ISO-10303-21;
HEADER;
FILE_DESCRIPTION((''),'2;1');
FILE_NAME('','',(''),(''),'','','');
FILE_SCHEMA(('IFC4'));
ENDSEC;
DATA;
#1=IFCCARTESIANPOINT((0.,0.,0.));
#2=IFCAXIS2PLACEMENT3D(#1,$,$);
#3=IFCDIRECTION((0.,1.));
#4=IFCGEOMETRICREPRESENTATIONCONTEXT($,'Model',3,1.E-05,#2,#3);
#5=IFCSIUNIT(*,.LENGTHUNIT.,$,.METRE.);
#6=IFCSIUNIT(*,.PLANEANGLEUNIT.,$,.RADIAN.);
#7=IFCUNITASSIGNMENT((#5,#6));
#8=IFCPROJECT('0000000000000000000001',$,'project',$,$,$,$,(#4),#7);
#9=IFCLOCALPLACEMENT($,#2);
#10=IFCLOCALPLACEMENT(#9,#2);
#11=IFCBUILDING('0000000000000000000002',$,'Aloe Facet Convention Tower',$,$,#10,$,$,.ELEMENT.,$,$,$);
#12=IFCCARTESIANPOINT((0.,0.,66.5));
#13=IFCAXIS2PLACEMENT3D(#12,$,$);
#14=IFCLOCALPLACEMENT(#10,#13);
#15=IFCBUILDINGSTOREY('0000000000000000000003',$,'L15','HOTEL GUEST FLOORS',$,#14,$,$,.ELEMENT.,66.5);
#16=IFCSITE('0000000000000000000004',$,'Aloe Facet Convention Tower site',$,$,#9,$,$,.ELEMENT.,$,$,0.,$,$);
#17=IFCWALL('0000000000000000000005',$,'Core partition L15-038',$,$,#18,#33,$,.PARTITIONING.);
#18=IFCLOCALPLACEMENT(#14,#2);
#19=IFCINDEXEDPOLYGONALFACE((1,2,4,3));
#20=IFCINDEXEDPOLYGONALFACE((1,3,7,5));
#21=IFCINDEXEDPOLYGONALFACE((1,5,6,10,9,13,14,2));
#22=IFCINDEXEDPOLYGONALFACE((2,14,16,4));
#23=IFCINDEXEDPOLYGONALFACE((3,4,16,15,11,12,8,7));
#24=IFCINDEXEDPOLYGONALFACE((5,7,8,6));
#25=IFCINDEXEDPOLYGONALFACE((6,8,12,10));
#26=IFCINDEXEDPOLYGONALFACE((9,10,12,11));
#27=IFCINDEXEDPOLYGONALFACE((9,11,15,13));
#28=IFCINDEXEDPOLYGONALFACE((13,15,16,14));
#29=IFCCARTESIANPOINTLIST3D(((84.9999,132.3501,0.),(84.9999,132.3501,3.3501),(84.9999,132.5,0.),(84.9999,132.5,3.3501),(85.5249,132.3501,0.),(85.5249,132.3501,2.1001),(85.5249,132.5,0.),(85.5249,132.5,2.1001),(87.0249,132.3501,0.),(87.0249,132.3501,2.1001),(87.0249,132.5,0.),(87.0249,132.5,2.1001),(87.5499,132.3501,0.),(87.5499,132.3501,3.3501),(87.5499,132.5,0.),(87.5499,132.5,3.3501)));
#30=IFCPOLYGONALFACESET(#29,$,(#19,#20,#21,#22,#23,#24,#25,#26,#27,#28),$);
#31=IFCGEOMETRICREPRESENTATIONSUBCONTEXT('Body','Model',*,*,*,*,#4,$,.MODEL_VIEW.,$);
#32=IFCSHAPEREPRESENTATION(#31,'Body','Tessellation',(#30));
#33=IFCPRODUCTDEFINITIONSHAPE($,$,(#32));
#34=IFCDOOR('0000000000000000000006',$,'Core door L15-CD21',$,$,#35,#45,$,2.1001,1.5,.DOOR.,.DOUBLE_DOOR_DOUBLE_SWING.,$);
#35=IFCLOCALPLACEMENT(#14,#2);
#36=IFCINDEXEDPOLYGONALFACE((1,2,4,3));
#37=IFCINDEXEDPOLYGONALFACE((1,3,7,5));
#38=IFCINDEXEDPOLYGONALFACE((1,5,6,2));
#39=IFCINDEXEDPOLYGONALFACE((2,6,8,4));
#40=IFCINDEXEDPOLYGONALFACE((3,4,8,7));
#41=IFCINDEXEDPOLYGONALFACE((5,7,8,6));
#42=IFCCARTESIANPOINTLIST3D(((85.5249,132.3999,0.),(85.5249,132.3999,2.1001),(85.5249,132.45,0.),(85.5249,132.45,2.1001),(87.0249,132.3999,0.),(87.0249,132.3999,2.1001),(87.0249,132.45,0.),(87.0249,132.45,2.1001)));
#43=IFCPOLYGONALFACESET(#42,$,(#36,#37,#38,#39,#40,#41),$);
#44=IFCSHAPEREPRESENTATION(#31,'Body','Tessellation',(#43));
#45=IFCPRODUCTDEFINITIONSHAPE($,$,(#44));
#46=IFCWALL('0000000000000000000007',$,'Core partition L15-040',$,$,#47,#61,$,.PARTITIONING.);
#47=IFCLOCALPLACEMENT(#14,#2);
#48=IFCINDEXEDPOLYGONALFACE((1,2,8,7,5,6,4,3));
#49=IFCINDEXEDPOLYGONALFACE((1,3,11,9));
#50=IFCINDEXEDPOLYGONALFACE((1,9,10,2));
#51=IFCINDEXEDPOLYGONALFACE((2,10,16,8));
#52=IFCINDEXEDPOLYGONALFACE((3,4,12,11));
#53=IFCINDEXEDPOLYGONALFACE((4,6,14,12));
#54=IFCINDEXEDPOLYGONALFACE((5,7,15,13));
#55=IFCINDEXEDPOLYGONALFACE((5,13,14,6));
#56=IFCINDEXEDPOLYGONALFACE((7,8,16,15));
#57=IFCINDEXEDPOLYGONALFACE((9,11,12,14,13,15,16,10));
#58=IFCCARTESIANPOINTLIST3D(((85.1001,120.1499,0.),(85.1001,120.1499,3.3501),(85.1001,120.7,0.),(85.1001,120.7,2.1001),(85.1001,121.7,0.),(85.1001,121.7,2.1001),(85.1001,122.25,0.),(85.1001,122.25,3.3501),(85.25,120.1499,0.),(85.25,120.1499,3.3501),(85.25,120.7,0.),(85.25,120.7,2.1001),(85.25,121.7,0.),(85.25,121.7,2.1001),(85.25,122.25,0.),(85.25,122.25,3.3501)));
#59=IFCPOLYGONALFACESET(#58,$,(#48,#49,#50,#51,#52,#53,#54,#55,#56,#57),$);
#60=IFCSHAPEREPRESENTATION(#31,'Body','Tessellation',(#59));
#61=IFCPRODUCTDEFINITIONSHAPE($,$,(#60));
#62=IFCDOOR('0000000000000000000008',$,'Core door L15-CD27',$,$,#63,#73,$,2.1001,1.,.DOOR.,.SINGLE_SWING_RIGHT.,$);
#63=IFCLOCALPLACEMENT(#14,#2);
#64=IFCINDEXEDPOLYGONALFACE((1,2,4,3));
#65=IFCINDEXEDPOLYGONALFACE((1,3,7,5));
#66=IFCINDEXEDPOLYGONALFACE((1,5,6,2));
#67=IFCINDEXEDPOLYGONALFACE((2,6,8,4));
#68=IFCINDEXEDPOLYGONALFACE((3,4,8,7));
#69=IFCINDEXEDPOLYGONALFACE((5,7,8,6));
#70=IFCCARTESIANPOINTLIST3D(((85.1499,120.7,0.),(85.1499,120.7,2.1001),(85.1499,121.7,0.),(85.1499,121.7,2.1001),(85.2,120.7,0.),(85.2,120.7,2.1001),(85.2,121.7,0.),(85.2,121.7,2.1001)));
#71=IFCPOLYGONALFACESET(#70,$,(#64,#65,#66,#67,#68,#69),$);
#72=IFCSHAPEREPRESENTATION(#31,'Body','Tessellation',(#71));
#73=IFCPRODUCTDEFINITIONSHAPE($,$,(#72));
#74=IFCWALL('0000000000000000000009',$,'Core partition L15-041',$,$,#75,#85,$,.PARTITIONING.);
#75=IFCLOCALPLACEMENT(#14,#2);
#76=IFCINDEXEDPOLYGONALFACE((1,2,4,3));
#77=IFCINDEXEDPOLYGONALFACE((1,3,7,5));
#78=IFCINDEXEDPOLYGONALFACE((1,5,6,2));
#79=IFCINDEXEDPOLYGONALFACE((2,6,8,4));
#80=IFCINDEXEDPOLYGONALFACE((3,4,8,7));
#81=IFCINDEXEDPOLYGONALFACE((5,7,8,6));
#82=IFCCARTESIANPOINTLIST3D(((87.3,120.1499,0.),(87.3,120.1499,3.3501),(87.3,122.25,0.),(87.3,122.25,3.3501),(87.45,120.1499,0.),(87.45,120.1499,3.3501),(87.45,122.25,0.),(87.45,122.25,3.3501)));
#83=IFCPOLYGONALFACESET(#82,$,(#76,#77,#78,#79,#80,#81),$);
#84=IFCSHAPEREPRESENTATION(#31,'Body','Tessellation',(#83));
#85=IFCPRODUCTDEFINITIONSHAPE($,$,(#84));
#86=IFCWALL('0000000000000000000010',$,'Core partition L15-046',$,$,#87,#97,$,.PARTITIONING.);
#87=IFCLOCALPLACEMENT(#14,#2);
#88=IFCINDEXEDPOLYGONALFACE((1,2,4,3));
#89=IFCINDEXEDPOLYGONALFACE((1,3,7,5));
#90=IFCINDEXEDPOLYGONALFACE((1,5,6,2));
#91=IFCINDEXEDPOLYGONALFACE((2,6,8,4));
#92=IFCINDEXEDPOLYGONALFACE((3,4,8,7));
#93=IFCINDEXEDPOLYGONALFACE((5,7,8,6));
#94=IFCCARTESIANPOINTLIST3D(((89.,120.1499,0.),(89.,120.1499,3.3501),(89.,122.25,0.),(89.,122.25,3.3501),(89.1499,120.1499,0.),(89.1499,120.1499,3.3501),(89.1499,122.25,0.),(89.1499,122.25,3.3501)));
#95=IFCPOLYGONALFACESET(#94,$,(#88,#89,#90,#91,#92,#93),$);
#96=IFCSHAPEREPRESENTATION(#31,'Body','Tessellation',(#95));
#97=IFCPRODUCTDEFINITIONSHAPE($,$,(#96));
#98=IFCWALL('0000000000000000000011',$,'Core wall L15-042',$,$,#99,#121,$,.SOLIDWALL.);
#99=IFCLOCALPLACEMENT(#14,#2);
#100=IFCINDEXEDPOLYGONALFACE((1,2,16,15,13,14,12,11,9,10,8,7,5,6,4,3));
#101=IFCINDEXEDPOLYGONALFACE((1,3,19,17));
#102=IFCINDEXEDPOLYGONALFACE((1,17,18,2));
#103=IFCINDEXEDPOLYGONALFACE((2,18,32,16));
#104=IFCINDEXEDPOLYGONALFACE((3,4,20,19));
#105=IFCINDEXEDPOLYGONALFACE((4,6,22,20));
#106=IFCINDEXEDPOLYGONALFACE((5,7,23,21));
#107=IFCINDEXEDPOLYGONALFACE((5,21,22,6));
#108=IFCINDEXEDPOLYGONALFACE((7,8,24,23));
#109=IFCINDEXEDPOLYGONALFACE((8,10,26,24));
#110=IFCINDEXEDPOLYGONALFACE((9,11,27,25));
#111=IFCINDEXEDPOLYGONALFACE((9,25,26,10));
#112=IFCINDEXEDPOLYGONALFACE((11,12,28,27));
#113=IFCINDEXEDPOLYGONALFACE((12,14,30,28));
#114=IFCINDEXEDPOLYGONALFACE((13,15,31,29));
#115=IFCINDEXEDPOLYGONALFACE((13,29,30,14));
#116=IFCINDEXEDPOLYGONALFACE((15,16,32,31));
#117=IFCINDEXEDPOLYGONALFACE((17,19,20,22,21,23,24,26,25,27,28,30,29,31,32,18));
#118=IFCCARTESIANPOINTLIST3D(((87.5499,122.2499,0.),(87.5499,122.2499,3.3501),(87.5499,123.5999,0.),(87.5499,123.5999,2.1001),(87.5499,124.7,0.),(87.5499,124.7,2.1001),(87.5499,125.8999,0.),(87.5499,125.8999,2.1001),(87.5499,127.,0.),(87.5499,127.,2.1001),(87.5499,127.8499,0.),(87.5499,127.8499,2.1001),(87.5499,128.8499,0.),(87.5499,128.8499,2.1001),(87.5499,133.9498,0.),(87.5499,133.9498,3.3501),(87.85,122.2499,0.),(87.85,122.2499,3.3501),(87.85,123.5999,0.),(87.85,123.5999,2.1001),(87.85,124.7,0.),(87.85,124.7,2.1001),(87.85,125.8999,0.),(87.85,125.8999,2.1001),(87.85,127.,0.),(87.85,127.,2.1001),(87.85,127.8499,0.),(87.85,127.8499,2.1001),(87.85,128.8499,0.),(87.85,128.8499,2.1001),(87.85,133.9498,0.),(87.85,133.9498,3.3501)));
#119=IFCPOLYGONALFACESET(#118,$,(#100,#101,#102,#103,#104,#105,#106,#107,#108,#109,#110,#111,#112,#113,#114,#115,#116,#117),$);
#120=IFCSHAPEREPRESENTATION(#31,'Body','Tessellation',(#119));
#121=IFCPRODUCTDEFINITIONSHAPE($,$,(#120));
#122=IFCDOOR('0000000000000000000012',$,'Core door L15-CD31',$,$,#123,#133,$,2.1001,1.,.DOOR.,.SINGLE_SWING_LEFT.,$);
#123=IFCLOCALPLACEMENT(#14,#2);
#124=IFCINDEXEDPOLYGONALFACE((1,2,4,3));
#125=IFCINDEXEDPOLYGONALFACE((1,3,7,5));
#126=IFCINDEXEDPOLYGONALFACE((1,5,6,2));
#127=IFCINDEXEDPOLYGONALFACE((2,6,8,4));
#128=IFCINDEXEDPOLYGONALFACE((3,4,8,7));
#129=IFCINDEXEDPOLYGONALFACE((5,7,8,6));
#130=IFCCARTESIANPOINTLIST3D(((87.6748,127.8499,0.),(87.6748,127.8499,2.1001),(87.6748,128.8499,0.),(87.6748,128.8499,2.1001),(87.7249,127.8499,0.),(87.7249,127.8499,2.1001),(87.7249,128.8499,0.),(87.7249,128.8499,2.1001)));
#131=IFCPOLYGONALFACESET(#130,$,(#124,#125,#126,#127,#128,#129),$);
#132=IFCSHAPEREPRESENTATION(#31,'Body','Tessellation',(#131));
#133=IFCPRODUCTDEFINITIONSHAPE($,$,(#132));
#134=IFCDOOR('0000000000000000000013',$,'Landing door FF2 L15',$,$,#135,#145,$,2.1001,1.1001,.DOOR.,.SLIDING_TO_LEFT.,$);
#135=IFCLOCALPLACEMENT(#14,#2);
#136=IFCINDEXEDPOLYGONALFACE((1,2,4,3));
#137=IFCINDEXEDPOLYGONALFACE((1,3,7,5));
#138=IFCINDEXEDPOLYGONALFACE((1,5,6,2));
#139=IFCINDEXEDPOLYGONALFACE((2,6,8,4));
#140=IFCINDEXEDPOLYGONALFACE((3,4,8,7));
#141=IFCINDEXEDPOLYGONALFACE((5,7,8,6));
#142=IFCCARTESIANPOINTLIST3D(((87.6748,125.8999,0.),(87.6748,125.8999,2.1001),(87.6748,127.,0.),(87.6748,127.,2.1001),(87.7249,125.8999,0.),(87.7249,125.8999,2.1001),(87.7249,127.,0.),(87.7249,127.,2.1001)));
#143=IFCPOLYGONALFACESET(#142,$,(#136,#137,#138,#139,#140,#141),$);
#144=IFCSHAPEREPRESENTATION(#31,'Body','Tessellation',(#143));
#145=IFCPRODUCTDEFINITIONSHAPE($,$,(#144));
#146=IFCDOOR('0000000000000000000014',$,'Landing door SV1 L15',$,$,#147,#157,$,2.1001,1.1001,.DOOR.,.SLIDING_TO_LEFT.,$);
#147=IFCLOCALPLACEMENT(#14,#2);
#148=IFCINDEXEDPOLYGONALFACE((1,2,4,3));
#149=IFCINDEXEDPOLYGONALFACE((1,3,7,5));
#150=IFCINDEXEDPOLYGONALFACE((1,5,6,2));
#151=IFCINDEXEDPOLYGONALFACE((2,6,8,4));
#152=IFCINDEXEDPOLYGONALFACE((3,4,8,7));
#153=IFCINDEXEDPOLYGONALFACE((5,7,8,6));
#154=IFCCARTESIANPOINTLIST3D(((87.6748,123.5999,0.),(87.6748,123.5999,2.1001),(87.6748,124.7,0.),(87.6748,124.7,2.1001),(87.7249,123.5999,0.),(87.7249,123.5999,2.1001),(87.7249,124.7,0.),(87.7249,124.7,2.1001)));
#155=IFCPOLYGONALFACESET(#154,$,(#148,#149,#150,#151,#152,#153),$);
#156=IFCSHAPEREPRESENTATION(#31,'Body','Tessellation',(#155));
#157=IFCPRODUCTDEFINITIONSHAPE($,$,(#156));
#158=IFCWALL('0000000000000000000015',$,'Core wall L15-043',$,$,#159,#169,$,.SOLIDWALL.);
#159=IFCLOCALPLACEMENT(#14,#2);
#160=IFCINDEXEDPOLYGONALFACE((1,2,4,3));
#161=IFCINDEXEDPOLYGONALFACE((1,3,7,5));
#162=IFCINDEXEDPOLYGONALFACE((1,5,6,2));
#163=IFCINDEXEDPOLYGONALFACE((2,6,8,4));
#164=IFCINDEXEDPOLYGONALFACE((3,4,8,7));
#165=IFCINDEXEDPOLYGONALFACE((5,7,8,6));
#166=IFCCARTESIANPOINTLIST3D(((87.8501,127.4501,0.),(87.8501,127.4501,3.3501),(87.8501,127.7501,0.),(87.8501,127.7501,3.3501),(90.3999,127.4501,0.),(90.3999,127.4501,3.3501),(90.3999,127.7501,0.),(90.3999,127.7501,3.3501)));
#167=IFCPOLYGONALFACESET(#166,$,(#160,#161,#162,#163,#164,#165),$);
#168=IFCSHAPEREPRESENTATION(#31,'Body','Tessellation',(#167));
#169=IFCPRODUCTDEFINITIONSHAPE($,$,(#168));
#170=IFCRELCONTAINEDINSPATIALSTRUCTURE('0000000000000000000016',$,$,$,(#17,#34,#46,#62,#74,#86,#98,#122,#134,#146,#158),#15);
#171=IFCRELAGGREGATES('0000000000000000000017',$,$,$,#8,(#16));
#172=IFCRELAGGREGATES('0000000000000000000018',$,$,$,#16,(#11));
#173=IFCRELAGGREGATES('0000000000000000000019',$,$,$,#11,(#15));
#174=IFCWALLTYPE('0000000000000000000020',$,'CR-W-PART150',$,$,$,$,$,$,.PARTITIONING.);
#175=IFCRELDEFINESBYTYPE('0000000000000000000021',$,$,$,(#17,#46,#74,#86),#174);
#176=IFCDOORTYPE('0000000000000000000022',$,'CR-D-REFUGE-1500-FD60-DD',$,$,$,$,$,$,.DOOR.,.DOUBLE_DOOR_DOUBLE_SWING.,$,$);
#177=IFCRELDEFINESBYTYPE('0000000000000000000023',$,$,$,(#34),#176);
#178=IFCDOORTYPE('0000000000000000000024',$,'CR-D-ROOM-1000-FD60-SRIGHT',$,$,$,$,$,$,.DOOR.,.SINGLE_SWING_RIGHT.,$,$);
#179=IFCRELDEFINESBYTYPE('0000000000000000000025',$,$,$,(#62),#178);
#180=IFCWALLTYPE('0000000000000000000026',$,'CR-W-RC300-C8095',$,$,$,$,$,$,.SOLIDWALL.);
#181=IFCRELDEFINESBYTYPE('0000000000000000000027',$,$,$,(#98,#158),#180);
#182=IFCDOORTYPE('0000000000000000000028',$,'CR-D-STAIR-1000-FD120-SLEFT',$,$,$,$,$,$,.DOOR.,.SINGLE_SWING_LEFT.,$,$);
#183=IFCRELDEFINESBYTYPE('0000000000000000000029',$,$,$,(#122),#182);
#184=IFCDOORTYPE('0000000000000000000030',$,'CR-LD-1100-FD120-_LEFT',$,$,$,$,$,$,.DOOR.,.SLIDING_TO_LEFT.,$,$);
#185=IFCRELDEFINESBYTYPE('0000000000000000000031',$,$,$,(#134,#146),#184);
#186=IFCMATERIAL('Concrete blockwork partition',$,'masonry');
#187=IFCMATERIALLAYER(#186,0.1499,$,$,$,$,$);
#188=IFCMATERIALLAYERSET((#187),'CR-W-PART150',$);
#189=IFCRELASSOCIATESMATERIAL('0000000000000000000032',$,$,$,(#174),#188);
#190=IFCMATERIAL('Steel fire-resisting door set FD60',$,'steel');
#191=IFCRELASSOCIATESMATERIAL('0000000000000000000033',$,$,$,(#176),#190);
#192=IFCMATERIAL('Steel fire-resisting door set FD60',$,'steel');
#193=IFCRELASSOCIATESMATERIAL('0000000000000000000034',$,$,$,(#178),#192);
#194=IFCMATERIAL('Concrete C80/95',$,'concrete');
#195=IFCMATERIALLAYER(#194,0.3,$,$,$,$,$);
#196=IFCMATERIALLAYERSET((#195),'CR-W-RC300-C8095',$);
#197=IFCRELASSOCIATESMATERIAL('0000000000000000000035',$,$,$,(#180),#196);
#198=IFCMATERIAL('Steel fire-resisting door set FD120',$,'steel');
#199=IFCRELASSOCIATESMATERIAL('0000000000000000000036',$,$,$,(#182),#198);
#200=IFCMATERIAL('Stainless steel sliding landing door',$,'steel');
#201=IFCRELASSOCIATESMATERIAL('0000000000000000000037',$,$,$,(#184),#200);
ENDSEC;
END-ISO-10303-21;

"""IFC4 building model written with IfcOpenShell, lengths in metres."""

from ifc_helpers import new_model, si_unit, direction, frame, frame_2d, origin, place, context, subcontext, project, spatial, rectangle, extrude, material, layer, layer_set, type_object, element, fill, save


model = new_model("IFC4")

# Units and contexts
model_context = context("Model", 3, precision=1e-05, world=origin(), true_north=direction((0.0, 1.0)))
body_context = subcontext(model_context, "Body", "Model", "MODEL_VIEW")
ifc_project = project(units=[si_unit("LENGTHUNIT", "METRE"), si_unit("PLANEANGLEUNIT", "RADIAN")], contexts=[model_context])

# Site, building, storey
site_placement = place(None, origin())
site = spatial("IfcSite", under=ifc_project, at=site_placement, Name="Aloe Facet Convention Tower site", CompositionType="ELEMENT", RefElevation=0.0)
building_placement = place(site_placement, origin())
building = spatial("IfcBuilding", under=site, at=building_placement, Name="Aloe Facet Convention Tower", CompositionType="ELEMENT")
storey_placement = place(building_placement, frame((0.0, 0.0, 66.5)))
storey = spatial("IfcBuildingStorey", under=building, at=storey_placement, Name="L15", Description="HOTEL GUEST FLOORS", CompositionType="ELEMENT", Elevation=66.5)

# Walls, openings, doors
ifc_material_1 = material(Name="Concrete blockwork partition", Category="masonry")
ifc_layer_1 = layer(ifc_material_1, 0.1499)
ifc_layer_set_1 = layer_set([ifc_layer_1], Name="CR-W-PART150")
wall_type_1 = type_object("IfcWallType", Name="CR-W-PART150", PredefinedType="PARTITIONING", material=ifc_layer_set_1)
wall_1_placement = place(storey_placement, frame((85.0, 132.425, 0.0), z_axis=(0.0, 0.0, 1.0), x_axis=(1.0, 0.0, 0.0)))
wall_1 = element("IfcWall", 1, at=wall_1_placement, inside=storey, type_object=wall_type_1, Name="Core partition L15-038", PredefinedType="PARTITIONING", context=body_context, shape_type="SweptSolid", body=[
    extrude(rectangle(XDim=2.55, YDim=0.1499, at=frame_2d((1.2749, 0.0))), origin(), (0.0, 0.0, 1.0), 3.3501),
])
opening_1_placement = place(wall_1_placement, frame((0.5249, 0.0, 0.0)))
opening_1 = element("IfcOpeningElement", 2, at=opening_1_placement, cuts=wall_1, PredefinedType="OPENING", context=body_context, shape_type="SweptSolid", body=[
    extrude(rectangle(XDim=1.5, YDim=2.1001, at=frame_2d((0.75, 1.05))), frame((0.0, 0.085, 0.0), z_axis=(0.0, -1.0, 0.0), x_axis=(1.0, 0.0, 0.0)), (0.0, 0.0, 1.0), 0.1699),
])
ifc_material_2 = material(Name="Steel fire-resisting door set FD60", Category="steel")
door_type_1 = type_object("IfcDoorType", Name="CR-D-REFUGE-1500-FD60-DD", OperationType="DOUBLE_DOOR_DOUBLE_SWING", PredefinedType="DOOR", material=ifc_material_2)
door_1_placement = place(opening_1_placement, origin())
door_1 = element("IfcDoor", 3, at=door_1_placement, inside=storey, type_object=door_type_1, Name="Core door L15-CD21", OperationType="DOUBLE_DOOR_DOUBLE_SWING", OverallHeight=2.1001, OverallWidth=1.5, PredefinedType="DOOR", context=body_context, shape_type="SweptSolid", body=[
    extrude(rectangle(XDim=1.5, YDim=2.1001, at=frame_2d((0.75, 1.05))), frame((0.0, 0.0249, 0.0), z_axis=(0.0, -1.0, 0.0), x_axis=(1.0, 0.0, 0.0)), (0.0, 0.0, 1.0), 0.05),
])
fill(opening_1, door_1)
wall_2_placement = place(storey_placement, frame((85.175, 122.25, 0.0), z_axis=(0.0, 0.0, 1.0), x_axis=(0.0, -1.0, 0.0)))
wall_2 = element("IfcWall", 4, at=wall_2_placement, inside=storey, type_object=wall_type_1, Name="Core partition L15-040", PredefinedType="PARTITIONING", context=body_context, shape_type="SweptSolid", body=[
    extrude(rectangle(XDim=2.1001, YDim=0.1499, at=frame_2d((1.05, 0.0))), origin(), (0.0, 0.0, 1.0), 3.3501),
])
opening_2_placement = place(wall_2_placement, frame((0.55, 0.0, 0.0)))
opening_2 = element("IfcOpeningElement", 5, at=opening_2_placement, cuts=wall_2, PredefinedType="OPENING", context=body_context, shape_type="SweptSolid", body=[
    extrude(rectangle(XDim=1.0, YDim=2.1001, at=frame_2d((0.5, 1.05))), frame((0.0, 0.085, 0.0), z_axis=(0.0, -1.0, 0.0), x_axis=(1.0, 0.0, 0.0)), (0.0, 0.0, 1.0), 0.1699),
])
ifc_material_3 = material(Name="Steel fire-resisting door set FD60", Category="steel")
door_type_2 = type_object("IfcDoorType", Name="CR-D-ROOM-1000-FD60-SRIGHT", OperationType="SINGLE_SWING_RIGHT", PredefinedType="DOOR", material=ifc_material_3)
door_2_placement = place(opening_2_placement, origin())
door_2 = element("IfcDoor", 6, at=door_2_placement, inside=storey, type_object=door_type_2, Name="Core door L15-CD27", OperationType="SINGLE_SWING_RIGHT", OverallHeight=2.1001, OverallWidth=1.0, PredefinedType="DOOR", context=body_context, shape_type="SweptSolid", body=[
    extrude(rectangle(XDim=1.0, YDim=2.1001, at=frame_2d((0.5, 1.05))), frame((0.0, 0.0249, 0.0), z_axis=(0.0, -1.0, 0.0), x_axis=(1.0, 0.0, 0.0)), (0.0, 0.0, 1.0), 0.05),
])
fill(opening_2, door_2)

# Walls
for number, where, z_axis, x_axis, name in (
    (7, (87.375, 122.25, 0.0), (0.0, 0.0, 1.0), (0.0, -1.0, 0.0), "Core partition L15-041"),
    (8, (89.075, 122.25, 0.0), (0.0, 0.0, 1.0), (0.0, -1.0, 0.0), "Core partition L15-046"),
):
    element("IfcWall", number, at=place(storey_placement, frame(where, z_axis=z_axis, x_axis=x_axis)), inside=storey, type_object=wall_type_1, Name=name, PredefinedType="PARTITIONING", context=body_context, shape_type="SweptSolid", body=[
        extrude(rectangle(XDim=2.1001, YDim=0.1499, at=frame_2d((1.05, 0.0))), origin(), (0.0, 0.0, 1.0), 3.3501),
    ])

# Wall, openings, doors
ifc_material_4 = material(Name="Concrete C80/95", Category="concrete")
ifc_layer_2 = layer(ifc_material_4, 0.3)
ifc_layer_set_2 = layer_set([ifc_layer_2], Name="CR-W-RC300-C8095")
wall_type_2 = type_object("IfcWallType", Name="CR-W-RC300-C8095", PredefinedType="SOLIDWALL", material=ifc_layer_set_2)
wall_3_placement = place(storey_placement, frame((87.7, 133.95, 0.0), z_axis=(0.0, 0.0, 1.0), x_axis=(0.0, -1.0, 0.0)))
wall_3 = element("IfcWall", 9, at=wall_3_placement, inside=storey, type_object=wall_type_2, Name="Core wall L15-042", PredefinedType="SOLIDWALL", context=body_context, shape_type="SweptSolid", body=[
    extrude(rectangle(XDim=11.7, YDim=0.3, at=frame_2d((5.8501, 0.0))), origin(), (0.0, 0.0, 1.0), 3.3501),
])
opening_3_placement = place(wall_3_placement, frame((6.95, 0.0, 0.0)))
opening_3 = element("IfcOpeningElement", 10, at=opening_3_placement, cuts=wall_3, PredefinedType="OPENING", context=body_context, shape_type="SweptSolid", body=[
    extrude(rectangle(XDim=1.1001, YDim=2.1001, at=frame_2d((0.55, 1.05))), frame((0.0, 0.1602, 0.0), z_axis=(0.0, -1.0, 0.0), x_axis=(1.0, 0.0, 0.0)), (0.0, 0.0, 1.0), 0.3201),
])
opening_4_placement = place(wall_3_placement, frame((5.1001, 0.0, 0.0)))
opening_4 = element("IfcOpeningElement", 11, at=opening_4_placement, cuts=wall_3, PredefinedType="OPENING", context=body_context, shape_type="SweptSolid", body=[
    extrude(rectangle(XDim=1.0, YDim=2.1001, at=frame_2d((0.5, 1.05))), frame((0.0, 0.1602, 0.0), z_axis=(0.0, -1.0, 0.0), x_axis=(1.0, 0.0, 0.0)), (0.0, 0.0, 1.0), 0.3201),
])
opening_5_placement = place(wall_3_placement, frame((9.25, 0.0, 0.0)))
opening_5 = element("IfcOpeningElement", 12, at=opening_5_placement, cuts=wall_3, PredefinedType="OPENING", context=body_context, shape_type="SweptSolid", body=[
    extrude(rectangle(XDim=1.1001, YDim=2.1001, at=frame_2d((0.55, 1.05))), frame((0.0, 0.1602, 0.0), z_axis=(0.0, -1.0, 0.0), x_axis=(1.0, 0.0, 0.0)), (0.0, 0.0, 1.0), 0.3201),
])
ifc_material_5 = material(Name="Steel fire-resisting door set FD120", Category="steel")
door_type_3 = type_object("IfcDoorType", Name="CR-D-STAIR-1000-FD120-SLEFT", OperationType="SINGLE_SWING_LEFT", PredefinedType="DOOR", material=ifc_material_5)
door_3_placement = place(opening_4_placement, origin())
door_3 = element("IfcDoor", 13, at=door_3_placement, inside=storey, type_object=door_type_3, Name="Core door L15-CD31", OperationType="SINGLE_SWING_LEFT", OverallHeight=2.1001, OverallWidth=1.0, PredefinedType="DOOR", context=body_context, shape_type="SweptSolid", body=[
    extrude(rectangle(XDim=1.0, YDim=2.1001, at=frame_2d((0.5, 1.05))), frame((0.0, 0.0249, 0.0), z_axis=(0.0, -1.0, 0.0), x_axis=(1.0, 0.0, 0.0)), (0.0, 0.0, 1.0), 0.05),
])
fill(opening_4, door_3)
ifc_material_6 = material(Name="Stainless steel sliding landing door", Category="steel")
door_type_4 = type_object("IfcDoorType", Name="CR-LD-1100-FD120-_LEFT", OperationType="SLIDING_TO_LEFT", PredefinedType="DOOR", material=ifc_material_6)
door_4_placement = place(opening_3_placement, origin())
door_4 = element("IfcDoor", 14, at=door_4_placement, inside=storey, type_object=door_type_4, Name="Landing door FF2 L15", OperationType="SLIDING_TO_LEFT", OverallHeight=2.1001, OverallWidth=1.1001, PredefinedType="DOOR", context=body_context, shape_type="SweptSolid", body=[
    extrude(rectangle(XDim=1.1001, YDim=2.1001, at=frame_2d((0.55, 1.05))), frame((0.0, 0.0249, 0.0), z_axis=(0.0, -1.0, 0.0), x_axis=(1.0, 0.0, 0.0)), (0.0, 0.0, 1.0), 0.05),
])
fill(opening_3, door_4)
door_5_placement = place(opening_5_placement, origin())
door_5 = element("IfcDoor", 15, at=door_5_placement, inside=storey, type_object=door_type_4, Name="Landing door SV1 L15", OperationType="SLIDING_TO_LEFT", OverallHeight=2.1001, OverallWidth=1.1001, PredefinedType="DOOR", context=body_context, shape_type="SweptSolid", body=[
    extrude(rectangle(XDim=1.1001, YDim=2.1001, at=frame_2d((0.55, 1.05))), frame((0.0, 0.0249, 0.0), z_axis=(0.0, -1.0, 0.0), x_axis=(1.0, 0.0, 0.0)), (0.0, 0.0, 1.0), 0.05),
])
fill(opening_5, door_5)

# Wall
for number, where, z_axis, x_axis, name in (
    (16, (87.8501, 127.6001, 0.0), (0.0, 0.0, 1.0), (1.0, 0.0, 0.0), "Core wall L15-043"),
):
    element("IfcWall", number, at=place(storey_placement, frame(where, z_axis=z_axis, x_axis=x_axis)), inside=storey, type_object=wall_type_2, Name=name, PredefinedType="SOLIDWALL", context=body_context, shape_type="SweptSolid", body=[
        extrude(rectangle(XDim=2.5498, YDim=0.3, at=frame_2d((1.2749, 0.0))), origin(), (0.0, 0.0, 1.0), 3.3501),
    ])

save(model, "model.ifc")
